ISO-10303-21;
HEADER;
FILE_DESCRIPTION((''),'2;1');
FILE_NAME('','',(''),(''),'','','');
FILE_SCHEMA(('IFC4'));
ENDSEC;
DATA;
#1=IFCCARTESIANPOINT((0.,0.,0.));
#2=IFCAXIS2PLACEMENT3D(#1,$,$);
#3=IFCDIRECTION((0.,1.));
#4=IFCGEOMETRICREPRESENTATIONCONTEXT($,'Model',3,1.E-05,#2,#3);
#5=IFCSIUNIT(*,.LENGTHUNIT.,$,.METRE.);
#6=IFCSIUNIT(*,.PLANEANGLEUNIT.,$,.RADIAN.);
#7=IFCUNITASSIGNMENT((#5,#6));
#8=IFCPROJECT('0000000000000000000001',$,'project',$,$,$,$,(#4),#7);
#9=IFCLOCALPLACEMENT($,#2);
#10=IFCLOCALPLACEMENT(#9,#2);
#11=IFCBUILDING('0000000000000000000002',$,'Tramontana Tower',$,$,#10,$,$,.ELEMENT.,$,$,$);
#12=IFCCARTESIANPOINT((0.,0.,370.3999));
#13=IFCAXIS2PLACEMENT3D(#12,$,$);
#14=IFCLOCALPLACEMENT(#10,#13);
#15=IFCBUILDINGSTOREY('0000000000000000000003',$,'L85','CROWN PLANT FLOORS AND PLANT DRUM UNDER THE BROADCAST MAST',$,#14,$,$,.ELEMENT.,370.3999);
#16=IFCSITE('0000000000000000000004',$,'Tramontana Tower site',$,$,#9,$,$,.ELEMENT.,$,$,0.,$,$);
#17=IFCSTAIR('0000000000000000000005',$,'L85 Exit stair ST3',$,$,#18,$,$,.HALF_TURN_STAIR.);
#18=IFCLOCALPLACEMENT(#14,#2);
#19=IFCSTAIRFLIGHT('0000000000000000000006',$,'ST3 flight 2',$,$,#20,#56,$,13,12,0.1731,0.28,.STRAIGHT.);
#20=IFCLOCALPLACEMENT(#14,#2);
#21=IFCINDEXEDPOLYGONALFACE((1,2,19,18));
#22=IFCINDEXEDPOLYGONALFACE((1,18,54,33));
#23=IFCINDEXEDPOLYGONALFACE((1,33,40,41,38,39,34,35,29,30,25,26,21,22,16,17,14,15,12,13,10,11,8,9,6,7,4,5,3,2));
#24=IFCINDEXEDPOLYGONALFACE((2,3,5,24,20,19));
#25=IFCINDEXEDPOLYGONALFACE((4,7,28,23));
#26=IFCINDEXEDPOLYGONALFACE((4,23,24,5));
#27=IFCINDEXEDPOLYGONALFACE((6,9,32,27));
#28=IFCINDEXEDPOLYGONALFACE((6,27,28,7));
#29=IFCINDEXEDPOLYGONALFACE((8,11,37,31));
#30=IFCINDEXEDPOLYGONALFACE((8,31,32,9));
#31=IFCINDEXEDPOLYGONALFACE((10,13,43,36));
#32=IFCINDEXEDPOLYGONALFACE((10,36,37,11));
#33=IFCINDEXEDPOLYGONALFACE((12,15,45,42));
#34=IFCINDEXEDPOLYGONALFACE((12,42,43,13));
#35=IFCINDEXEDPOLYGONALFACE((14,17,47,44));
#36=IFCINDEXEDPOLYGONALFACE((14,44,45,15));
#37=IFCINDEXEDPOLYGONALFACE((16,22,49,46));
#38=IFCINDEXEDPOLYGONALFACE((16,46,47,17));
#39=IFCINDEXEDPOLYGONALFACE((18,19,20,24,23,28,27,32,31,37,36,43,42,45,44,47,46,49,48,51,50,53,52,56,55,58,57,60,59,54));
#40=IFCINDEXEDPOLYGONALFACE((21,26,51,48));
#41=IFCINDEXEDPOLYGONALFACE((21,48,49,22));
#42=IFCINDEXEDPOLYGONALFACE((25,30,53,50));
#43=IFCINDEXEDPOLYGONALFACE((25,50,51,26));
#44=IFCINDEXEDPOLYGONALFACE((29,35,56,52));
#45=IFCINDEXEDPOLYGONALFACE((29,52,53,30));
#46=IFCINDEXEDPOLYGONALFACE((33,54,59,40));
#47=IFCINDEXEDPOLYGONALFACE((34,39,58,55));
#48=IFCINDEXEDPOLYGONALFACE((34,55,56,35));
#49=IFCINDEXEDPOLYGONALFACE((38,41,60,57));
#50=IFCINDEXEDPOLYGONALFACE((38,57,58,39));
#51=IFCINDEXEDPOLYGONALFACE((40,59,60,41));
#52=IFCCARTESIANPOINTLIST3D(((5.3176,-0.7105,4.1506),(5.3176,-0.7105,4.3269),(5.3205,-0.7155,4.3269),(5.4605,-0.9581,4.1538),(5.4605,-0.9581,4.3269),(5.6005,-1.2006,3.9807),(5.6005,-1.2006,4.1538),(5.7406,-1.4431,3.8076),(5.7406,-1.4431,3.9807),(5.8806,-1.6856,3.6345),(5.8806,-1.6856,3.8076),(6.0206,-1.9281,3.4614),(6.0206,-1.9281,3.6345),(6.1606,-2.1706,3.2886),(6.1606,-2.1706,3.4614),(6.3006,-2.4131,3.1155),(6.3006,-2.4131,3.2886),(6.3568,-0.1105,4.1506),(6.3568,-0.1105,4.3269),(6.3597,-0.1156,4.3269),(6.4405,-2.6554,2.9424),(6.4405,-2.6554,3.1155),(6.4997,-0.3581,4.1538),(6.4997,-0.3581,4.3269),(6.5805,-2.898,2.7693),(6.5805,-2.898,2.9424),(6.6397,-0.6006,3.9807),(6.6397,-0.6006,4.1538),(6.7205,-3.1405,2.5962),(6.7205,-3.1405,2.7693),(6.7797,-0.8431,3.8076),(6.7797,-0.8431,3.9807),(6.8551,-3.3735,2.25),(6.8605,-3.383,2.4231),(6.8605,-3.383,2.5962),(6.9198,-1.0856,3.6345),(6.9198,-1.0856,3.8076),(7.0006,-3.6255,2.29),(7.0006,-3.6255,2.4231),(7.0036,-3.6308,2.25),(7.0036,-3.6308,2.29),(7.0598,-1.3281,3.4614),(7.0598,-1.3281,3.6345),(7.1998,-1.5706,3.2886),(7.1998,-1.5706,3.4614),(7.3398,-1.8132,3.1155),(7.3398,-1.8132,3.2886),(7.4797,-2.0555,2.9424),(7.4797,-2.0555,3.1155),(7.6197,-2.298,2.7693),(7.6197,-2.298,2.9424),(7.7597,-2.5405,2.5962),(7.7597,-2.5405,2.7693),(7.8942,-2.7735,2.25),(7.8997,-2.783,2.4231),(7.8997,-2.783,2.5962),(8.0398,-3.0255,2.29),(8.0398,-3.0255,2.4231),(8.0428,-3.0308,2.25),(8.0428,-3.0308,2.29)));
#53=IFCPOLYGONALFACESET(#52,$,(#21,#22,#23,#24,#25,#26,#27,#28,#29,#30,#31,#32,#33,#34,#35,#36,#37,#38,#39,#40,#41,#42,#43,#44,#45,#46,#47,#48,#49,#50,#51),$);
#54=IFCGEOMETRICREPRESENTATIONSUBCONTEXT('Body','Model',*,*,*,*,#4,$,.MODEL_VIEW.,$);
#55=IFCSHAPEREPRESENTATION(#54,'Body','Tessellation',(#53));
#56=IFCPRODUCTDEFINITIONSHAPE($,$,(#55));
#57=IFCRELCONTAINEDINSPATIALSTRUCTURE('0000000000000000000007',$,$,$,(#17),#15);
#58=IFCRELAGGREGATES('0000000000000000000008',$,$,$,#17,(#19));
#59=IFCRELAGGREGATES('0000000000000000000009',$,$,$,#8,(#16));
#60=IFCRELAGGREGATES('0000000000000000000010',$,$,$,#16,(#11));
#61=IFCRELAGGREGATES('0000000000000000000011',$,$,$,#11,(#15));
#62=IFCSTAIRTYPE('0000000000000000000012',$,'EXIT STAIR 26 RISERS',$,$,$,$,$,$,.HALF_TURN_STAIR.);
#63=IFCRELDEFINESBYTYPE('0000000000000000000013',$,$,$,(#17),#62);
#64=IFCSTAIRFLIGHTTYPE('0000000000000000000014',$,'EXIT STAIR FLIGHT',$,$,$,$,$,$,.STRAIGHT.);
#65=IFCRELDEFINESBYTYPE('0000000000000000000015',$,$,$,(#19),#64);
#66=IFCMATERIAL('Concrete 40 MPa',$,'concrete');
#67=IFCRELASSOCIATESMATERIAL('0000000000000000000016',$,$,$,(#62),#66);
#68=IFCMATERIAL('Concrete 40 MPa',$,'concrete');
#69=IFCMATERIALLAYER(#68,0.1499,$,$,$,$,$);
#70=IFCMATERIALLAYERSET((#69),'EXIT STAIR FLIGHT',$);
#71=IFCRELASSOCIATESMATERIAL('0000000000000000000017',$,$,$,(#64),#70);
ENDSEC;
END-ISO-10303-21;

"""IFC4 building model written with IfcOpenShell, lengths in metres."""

from ifc_helpers import new_model, si_unit, direction, frame, origin, place, context, subcontext, project, spatial, polyline, outline, extrude, material, layer, layer_set, type_object, element, aggregate, save


model = new_model("IFC4")

# Units and contexts
model_context = context("Model", 3, precision=1e-05, world=origin(), true_north=direction((0.0, 1.0)))
body_context = subcontext(model_context, "Body", "Model", "MODEL_VIEW")
ifc_project = project(units=[si_unit("LENGTHUNIT", "METRE"), si_unit("PLANEANGLEUNIT", "RADIAN")], contexts=[model_context])

# Site, building, storey
site_placement = place(None, origin())
site = spatial("IfcSite", under=ifc_project, at=site_placement, Name="Tramontana Tower site", CompositionType="ELEMENT", RefElevation=0.0)
building_placement = place(site_placement, origin())
building = spatial("IfcBuilding", under=site, at=building_placement, Name="Tramontana Tower", CompositionType="ELEMENT")
storey_placement = place(building_placement, frame((0.0, 0.0, 370.3999)))
storey = spatial("IfcBuildingStorey", under=building, at=storey_placement, Name="L85", Description="CROWN PLANT FLOORS AND PLANT DRUM UNDER THE BROADCAST MAST", CompositionType="ELEMENT", Elevation=370.3999)

# Stair, stair flight
ifc_material_1 = material(Name="Concrete 40 MPa", Category="concrete")
stair_type = type_object("IfcStairType", Name="EXIT STAIR 26 RISERS", PredefinedType="HALF_TURN_STAIR", material=ifc_material_1)
stair_placement = place(storey_placement, origin())
stair = element("IfcStair", 1, at=stair_placement, inside=storey, type_object=stair_type, Name="L85 Exit stair ST3", PredefinedType="HALF_TURN_STAIR")
ifc_material_2 = material(Name="Concrete 40 MPa", Category="concrete")
ifc_layer_1 = layer(ifc_material_2, 0.1499)
ifc_layer_set_1 = layer_set([ifc_layer_1], Name="EXIT STAIR FLIGHT")
stair_flight_type = type_object("IfcStairFlightType", Name="EXIT STAIR FLIGHT", PredefinedType="STRAIGHT", material=ifc_layer_set_1)
stair_flight_1_placement = place(storey_placement, frame((7.5203, -3.3254, 2.25), z_axis=(0.0, 0.0, 1.0), x_axis=(-0.5, 0.866025, 0.0)))
stair_flight_1 = element("IfcStairFlight", 2, at=stair_flight_1_placement, type_object=stair_flight_type, Name="ST3 flight 2", NumberOfRisers=13, NumberOfTreads=12, PredefinedType="STRAIGHT", RiserHeight=0.1731, TreadLength=0.28, context=body_context, shape_type="SweptSolid", body=[
    extrude(outline(polyline([(-0.0061, 0.0), (-0.0061, 0.04), (0.0, 0.04), (0.0, 0.1731), (0.28, 0.1731), (0.28, 0.3462), (0.5601, 0.3462), (0.5601, 0.5193), (0.8401, 0.5193), (0.8401, 0.6924), (1.1201, 0.6924), (1.1201, 0.8655), (1.3999, 0.8655), (1.3999, 1.0386), (1.6799, 1.0386), (1.6799, 1.2114), (1.96, 1.2114), (1.96, 1.3845), (2.24, 1.3845), (2.24, 1.5576), (2.52, 1.5576), (2.52, 1.7307), (2.8, 1.7307), (2.8, 1.9038), (3.0801, 1.9038), (3.0801, 2.0769), (3.3601, 2.0769), (3.366, 2.0769), (3.366, 1.9006), (0.291, 0.0), (-0.0061, 0.0)])), frame((0.0, 0.6001, 0.0), z_axis=(0.0, -1.0, 0.0), x_axis=(1.0, 0.0, 0.0)), (0.0, 0.0, 1.0), 1.2),
])
aggregate(stair, [stair_flight_1])

save(model, "model.ifc")
